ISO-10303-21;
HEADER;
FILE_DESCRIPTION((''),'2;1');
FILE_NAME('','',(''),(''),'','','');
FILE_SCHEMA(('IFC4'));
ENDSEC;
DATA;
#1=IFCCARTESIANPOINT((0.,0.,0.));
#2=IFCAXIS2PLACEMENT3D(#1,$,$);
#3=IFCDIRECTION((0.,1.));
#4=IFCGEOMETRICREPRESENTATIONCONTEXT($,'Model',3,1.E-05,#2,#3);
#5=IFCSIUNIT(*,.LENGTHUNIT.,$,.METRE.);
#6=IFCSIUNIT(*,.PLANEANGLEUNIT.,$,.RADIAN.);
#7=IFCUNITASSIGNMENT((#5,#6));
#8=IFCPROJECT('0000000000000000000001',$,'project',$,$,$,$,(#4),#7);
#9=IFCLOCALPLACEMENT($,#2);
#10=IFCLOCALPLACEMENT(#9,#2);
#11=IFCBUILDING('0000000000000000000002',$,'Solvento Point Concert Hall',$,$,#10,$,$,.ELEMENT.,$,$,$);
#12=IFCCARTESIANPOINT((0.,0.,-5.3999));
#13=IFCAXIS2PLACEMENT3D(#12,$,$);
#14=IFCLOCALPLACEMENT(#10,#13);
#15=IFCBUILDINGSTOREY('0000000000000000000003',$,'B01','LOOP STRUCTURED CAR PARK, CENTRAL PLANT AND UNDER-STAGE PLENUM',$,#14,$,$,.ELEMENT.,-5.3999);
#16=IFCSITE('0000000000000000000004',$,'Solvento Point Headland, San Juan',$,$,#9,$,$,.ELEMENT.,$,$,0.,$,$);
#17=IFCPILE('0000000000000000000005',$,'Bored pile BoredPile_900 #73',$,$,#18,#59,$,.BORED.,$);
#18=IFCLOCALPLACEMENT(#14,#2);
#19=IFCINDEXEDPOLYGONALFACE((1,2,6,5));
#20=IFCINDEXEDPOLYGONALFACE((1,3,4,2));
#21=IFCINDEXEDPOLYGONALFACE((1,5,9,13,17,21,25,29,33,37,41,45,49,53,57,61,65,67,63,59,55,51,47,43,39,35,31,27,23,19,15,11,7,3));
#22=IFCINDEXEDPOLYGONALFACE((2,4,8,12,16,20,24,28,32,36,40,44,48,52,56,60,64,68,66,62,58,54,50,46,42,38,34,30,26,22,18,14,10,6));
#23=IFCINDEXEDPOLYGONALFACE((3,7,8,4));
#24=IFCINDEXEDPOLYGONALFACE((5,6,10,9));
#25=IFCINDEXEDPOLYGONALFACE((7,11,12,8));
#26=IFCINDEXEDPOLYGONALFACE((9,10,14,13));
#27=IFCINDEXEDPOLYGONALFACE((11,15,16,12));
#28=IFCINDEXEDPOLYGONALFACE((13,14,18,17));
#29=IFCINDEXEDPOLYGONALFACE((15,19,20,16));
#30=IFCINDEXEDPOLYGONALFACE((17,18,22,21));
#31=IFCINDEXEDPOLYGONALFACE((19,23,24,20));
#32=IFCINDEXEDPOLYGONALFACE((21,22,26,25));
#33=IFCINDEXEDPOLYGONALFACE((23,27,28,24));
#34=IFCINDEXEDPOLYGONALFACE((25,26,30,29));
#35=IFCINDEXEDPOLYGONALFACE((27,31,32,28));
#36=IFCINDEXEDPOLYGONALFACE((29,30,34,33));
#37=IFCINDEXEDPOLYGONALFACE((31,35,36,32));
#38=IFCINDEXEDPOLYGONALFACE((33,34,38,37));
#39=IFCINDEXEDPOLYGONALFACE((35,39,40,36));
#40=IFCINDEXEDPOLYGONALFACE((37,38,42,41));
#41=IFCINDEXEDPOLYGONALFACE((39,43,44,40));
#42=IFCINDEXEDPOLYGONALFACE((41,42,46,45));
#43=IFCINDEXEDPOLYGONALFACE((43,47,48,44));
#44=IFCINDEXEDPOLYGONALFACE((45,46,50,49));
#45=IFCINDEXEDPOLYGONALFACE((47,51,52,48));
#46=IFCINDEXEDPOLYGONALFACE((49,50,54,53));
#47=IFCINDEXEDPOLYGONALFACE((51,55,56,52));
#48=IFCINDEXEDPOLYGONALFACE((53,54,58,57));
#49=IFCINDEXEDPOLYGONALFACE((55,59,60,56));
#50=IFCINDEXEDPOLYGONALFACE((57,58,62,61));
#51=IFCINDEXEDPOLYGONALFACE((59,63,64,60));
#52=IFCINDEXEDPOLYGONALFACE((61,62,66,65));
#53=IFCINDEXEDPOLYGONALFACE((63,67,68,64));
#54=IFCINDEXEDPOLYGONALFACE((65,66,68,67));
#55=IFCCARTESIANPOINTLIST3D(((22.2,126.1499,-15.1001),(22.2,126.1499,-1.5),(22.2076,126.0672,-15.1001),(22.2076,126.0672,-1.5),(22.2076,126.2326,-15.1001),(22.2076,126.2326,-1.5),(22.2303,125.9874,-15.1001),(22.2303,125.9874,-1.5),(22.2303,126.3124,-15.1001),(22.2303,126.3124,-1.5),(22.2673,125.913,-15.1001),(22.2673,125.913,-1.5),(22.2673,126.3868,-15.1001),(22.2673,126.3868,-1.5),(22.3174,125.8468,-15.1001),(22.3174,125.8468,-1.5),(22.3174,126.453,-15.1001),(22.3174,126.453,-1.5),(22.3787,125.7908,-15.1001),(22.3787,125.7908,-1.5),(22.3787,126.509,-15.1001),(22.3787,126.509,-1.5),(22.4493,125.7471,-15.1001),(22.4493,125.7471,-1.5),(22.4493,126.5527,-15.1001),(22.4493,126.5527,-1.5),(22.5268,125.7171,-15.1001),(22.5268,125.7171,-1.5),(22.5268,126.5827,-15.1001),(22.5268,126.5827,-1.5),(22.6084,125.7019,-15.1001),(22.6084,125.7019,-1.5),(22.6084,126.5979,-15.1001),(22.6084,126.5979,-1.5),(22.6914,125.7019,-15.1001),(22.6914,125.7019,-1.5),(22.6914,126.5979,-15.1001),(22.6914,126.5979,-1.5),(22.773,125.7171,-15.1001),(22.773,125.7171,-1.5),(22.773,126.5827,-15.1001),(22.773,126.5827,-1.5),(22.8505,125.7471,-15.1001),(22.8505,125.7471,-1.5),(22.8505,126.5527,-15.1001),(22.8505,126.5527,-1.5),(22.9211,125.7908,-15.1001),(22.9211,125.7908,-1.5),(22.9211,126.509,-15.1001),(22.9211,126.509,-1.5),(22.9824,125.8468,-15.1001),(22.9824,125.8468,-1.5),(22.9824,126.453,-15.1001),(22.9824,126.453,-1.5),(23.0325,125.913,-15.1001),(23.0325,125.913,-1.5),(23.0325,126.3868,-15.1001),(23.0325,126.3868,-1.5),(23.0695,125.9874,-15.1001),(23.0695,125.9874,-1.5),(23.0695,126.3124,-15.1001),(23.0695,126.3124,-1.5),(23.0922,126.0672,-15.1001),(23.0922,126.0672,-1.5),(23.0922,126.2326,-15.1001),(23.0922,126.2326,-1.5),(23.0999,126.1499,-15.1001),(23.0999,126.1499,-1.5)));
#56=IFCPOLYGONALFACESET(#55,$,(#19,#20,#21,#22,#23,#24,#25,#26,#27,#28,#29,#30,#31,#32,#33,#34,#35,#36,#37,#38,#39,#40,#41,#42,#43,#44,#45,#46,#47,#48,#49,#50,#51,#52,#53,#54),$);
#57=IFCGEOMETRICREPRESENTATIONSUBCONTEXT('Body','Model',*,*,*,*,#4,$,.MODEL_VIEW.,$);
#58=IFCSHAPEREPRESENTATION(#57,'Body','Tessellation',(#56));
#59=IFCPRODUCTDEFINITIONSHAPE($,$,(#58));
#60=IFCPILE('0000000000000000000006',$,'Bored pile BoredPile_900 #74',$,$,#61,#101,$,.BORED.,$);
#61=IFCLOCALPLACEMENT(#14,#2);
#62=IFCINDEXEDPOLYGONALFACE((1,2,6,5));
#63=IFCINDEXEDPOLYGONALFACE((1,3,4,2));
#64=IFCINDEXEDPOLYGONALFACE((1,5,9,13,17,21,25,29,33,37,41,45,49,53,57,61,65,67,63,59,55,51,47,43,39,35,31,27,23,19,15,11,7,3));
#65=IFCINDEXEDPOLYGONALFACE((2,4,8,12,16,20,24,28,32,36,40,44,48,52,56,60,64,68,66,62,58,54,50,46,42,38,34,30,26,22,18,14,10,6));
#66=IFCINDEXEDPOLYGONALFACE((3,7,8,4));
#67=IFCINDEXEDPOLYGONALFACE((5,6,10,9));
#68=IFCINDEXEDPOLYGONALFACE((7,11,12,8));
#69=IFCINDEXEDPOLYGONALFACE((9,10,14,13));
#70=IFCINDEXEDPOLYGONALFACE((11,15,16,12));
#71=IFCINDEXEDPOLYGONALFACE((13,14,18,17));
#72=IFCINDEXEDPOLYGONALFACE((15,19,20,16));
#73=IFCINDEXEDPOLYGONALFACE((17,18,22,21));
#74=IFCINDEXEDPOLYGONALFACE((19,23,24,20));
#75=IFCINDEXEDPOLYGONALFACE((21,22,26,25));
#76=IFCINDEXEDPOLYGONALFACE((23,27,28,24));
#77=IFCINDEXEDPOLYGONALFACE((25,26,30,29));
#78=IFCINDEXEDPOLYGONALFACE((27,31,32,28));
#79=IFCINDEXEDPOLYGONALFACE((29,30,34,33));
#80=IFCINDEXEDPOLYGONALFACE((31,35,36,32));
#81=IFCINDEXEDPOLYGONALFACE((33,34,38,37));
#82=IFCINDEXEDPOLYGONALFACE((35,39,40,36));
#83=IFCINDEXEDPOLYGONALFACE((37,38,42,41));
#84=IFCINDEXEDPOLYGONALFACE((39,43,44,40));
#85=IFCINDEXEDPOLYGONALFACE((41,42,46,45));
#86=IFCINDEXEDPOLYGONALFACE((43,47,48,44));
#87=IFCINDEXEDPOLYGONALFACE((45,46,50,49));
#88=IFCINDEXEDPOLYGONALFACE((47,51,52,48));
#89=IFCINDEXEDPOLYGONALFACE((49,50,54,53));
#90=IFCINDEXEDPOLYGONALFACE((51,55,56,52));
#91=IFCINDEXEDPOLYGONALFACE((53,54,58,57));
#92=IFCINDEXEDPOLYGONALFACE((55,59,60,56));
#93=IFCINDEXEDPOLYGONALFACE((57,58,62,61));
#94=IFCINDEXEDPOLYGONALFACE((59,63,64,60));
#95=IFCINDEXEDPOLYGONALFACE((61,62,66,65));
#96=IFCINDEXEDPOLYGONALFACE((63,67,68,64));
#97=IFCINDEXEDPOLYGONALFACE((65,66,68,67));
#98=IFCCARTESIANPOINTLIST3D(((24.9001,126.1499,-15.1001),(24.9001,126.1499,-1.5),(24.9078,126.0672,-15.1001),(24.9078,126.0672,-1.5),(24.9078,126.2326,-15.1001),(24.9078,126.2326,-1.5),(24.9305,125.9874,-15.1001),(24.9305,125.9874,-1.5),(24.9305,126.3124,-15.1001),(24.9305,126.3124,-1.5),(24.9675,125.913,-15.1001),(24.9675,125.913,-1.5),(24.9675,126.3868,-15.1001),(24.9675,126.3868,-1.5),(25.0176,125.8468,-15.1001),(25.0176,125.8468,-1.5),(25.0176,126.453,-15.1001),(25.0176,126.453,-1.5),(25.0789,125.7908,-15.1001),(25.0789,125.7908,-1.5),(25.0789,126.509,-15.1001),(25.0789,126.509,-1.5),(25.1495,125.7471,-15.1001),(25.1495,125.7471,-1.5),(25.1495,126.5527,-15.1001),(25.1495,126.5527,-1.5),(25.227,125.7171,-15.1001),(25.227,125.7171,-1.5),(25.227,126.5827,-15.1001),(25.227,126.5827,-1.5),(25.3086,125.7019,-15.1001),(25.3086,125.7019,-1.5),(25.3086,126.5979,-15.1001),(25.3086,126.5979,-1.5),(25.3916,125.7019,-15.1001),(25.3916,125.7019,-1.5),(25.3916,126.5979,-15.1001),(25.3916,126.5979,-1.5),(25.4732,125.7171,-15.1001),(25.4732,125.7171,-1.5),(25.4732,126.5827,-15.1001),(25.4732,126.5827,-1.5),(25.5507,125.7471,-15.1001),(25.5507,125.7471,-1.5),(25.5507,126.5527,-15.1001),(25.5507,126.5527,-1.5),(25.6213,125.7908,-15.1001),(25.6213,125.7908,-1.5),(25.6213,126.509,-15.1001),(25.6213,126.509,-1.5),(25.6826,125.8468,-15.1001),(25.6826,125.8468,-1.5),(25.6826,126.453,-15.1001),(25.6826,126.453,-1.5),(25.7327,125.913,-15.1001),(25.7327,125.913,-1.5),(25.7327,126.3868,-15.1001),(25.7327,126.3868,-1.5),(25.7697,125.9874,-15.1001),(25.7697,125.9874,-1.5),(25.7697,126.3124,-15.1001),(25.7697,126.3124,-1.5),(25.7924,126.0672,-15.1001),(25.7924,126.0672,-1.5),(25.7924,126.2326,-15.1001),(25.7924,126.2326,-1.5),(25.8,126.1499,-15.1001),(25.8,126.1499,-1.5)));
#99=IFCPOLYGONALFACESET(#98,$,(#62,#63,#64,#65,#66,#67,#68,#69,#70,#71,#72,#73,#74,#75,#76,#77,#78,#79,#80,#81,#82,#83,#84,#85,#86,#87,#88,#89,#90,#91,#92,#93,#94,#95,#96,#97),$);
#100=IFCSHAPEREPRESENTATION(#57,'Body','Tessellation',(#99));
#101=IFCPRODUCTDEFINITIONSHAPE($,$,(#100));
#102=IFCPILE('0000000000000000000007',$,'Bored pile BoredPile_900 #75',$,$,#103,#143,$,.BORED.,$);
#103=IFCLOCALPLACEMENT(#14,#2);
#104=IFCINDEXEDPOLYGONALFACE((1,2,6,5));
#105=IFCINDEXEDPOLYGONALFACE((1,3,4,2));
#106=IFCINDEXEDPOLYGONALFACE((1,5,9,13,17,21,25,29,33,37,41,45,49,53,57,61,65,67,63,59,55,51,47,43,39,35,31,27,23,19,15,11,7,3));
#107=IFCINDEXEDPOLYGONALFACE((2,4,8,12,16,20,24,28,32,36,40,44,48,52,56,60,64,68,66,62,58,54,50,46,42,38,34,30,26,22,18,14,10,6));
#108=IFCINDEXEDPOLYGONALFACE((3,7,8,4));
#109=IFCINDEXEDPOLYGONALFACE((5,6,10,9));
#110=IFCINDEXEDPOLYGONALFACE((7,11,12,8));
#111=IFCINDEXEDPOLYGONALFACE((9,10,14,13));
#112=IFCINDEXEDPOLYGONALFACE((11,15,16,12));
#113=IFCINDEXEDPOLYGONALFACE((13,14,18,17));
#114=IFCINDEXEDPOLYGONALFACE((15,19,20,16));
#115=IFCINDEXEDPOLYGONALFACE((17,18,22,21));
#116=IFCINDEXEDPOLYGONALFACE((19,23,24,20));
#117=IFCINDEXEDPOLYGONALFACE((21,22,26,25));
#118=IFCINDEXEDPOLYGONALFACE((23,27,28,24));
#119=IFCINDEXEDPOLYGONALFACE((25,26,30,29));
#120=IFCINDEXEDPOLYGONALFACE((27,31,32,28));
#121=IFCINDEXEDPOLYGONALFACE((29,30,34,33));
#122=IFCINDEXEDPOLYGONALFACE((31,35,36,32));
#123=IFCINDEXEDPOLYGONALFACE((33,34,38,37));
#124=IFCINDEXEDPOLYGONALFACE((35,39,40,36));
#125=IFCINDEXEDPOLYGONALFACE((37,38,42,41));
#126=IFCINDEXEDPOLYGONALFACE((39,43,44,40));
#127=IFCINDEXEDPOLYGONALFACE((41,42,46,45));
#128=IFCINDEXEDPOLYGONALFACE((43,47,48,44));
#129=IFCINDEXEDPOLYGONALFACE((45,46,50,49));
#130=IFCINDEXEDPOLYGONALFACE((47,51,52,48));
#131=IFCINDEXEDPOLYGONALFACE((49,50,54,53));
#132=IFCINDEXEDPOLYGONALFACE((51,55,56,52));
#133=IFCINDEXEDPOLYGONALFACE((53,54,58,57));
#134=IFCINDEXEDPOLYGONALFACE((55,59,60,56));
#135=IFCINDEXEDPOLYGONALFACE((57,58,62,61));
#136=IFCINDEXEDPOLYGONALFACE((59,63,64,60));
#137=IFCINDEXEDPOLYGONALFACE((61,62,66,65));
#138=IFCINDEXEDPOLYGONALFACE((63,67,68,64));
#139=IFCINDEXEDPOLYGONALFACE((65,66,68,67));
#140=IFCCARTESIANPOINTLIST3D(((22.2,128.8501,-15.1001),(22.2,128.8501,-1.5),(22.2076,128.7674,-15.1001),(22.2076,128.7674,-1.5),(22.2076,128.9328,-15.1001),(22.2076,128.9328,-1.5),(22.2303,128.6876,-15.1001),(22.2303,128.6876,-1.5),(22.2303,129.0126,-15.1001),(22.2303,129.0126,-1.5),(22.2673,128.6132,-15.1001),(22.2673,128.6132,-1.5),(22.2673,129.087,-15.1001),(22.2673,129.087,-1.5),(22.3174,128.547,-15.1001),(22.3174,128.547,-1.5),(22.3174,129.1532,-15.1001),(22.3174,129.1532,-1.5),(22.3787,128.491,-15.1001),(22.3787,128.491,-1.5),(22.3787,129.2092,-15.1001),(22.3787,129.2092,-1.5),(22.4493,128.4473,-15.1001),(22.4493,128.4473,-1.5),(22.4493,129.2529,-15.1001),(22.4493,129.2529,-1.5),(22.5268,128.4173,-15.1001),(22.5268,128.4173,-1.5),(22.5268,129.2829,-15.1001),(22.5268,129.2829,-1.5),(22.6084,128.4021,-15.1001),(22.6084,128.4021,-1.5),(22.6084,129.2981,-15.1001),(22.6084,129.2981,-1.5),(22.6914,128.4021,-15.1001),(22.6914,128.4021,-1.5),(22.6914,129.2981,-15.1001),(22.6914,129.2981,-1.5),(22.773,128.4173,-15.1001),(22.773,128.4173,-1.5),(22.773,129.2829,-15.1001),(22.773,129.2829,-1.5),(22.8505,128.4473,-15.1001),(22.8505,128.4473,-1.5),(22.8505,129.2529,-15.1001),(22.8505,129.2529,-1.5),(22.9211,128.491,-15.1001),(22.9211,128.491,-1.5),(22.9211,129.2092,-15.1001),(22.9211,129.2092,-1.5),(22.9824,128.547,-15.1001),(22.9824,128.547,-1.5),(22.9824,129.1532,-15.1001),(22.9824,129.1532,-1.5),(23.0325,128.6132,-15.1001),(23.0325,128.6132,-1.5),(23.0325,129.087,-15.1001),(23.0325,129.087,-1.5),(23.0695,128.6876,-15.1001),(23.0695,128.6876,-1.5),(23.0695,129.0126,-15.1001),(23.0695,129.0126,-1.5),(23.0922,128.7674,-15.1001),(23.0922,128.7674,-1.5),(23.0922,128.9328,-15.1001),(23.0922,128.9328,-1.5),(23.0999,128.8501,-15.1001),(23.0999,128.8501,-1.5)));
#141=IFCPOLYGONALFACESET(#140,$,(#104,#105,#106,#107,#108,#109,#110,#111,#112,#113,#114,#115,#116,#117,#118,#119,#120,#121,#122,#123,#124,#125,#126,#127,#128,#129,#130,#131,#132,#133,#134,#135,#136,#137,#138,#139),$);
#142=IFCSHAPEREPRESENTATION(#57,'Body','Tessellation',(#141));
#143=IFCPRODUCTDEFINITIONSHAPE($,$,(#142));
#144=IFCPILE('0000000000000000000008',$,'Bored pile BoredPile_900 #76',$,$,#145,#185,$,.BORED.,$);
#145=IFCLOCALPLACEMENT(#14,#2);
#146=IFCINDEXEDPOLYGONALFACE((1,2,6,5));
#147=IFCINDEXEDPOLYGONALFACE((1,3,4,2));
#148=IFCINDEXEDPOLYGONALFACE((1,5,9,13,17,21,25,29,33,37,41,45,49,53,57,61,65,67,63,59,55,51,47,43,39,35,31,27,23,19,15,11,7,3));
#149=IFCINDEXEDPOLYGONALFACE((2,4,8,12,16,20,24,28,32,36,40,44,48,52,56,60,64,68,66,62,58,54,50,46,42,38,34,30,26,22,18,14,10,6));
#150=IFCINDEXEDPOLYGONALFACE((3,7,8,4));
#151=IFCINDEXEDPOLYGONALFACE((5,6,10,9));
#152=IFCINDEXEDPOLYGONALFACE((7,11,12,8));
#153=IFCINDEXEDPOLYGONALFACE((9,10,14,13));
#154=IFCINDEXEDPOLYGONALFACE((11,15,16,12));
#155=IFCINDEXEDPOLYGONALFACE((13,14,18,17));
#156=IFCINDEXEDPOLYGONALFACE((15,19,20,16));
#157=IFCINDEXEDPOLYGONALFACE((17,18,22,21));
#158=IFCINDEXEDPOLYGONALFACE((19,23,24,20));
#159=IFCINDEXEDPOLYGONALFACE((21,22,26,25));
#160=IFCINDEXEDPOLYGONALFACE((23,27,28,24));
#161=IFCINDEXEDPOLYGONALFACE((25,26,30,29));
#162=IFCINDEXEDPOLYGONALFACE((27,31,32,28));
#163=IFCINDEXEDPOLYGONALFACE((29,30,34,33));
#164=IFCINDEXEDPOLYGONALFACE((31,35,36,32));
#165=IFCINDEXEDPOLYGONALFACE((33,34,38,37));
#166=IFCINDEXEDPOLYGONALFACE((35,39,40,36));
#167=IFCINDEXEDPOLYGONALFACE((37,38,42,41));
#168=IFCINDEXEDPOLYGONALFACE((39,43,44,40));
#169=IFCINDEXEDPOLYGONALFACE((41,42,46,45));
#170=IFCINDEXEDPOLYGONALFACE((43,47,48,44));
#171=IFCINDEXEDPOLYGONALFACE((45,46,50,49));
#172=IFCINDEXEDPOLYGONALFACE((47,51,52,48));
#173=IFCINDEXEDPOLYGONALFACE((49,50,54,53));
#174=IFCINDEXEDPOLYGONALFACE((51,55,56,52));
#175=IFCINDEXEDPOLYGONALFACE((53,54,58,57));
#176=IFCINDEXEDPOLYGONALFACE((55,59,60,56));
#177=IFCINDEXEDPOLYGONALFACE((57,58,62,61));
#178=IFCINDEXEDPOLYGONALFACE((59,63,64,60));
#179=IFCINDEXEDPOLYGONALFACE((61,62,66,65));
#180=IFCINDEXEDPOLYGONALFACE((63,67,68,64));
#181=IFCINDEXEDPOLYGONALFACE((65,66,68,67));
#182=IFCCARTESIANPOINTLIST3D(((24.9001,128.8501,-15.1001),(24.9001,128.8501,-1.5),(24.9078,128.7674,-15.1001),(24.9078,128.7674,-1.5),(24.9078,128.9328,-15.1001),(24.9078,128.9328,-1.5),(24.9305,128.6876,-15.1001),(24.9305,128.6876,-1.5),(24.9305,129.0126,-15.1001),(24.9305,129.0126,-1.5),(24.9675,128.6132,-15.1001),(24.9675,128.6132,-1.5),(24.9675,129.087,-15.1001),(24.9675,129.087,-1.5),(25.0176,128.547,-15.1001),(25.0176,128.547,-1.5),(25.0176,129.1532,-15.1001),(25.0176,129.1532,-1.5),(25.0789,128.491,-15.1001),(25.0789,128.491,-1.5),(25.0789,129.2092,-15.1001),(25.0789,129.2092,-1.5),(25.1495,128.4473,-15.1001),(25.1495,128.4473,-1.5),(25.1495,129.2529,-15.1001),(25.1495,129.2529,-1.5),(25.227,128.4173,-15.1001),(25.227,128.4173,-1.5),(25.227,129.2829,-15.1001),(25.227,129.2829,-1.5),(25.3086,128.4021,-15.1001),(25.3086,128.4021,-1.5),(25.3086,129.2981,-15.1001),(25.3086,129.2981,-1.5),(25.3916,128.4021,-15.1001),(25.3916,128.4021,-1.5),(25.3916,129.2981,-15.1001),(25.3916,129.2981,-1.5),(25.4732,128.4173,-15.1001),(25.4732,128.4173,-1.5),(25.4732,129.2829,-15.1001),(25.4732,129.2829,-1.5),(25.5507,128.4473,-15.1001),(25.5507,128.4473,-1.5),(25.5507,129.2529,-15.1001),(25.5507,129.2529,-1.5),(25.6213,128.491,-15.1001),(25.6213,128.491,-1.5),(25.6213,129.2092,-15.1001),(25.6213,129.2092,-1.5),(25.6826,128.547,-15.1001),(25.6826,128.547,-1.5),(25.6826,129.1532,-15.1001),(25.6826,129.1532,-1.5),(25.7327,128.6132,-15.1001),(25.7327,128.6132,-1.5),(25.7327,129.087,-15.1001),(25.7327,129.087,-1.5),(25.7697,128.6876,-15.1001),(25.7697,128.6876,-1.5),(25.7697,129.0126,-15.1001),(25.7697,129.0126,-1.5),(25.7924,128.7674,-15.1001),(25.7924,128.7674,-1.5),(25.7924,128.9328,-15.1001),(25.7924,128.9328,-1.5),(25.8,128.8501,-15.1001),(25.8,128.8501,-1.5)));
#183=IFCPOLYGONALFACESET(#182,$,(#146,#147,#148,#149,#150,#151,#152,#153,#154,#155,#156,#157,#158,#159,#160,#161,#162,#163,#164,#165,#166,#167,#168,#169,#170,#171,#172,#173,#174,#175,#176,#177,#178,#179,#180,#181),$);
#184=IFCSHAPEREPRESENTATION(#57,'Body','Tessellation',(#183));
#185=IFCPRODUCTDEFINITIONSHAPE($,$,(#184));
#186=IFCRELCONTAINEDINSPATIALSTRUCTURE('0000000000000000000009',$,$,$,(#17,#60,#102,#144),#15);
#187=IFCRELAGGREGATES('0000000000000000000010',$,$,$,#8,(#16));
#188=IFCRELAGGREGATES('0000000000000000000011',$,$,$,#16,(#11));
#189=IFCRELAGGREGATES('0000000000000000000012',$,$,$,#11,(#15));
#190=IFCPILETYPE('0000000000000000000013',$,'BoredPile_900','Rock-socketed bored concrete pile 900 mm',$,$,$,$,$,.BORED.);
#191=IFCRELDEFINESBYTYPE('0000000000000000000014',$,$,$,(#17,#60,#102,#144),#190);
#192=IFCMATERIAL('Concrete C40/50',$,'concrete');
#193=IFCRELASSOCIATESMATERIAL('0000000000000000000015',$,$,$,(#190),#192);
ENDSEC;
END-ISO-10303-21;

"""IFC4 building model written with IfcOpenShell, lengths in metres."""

from ifc_helpers import new_model, si_unit, direction, frame, origin, origin_2d, place, context, subcontext, project, spatial, circle, extrude, material, material_profile, profile_set, type_object, element, save


model = new_model("IFC4")

# Units and contexts
model_context = context("Model", 3, precision=1e-05, world=origin(), true_north=direction((0.0, 1.0)))
body_context = subcontext(model_context, "Body", "Model", "MODEL_VIEW")
ifc_project = project(units=[si_unit("LENGTHUNIT", "METRE"), si_unit("PLANEANGLEUNIT", "RADIAN")], contexts=[model_context])

# Site, building, storey
site_placement = place(None, origin())
site = spatial("IfcSite", under=ifc_project, at=site_placement, Name="Solvento Point Headland, San Juan", CompositionType="ELEMENT", RefElevation=0.0)
building_placement = place(site_placement, origin())
building = spatial("IfcBuilding", under=site, at=building_placement, Name="Solvento Point Concert Hall", CompositionType="ELEMENT")
storey_placement = place(building_placement, frame((0.0, 0.0, -5.3999)))
storey = spatial("IfcBuildingStorey", under=building, at=storey_placement, Name="B01", Description="LOOP STRUCTURED CAR PARK, CENTRAL PLANT AND UNDER-STAGE PLENUM", CompositionType="ELEMENT", Elevation=-5.3999)

# Piles
ifc_material_1 = material(Name="Concrete C40/50", Category="concrete")
ifc_material_profile_1 = material_profile(ifc_material_1, circle(Radius=0.45, at=origin_2d()), Name="BP-900")
ifc_profile_set_1 = profile_set([ifc_material_profile_1], Name="Concrete C40/50")
pile_type = type_object("IfcPileType", Name="BoredPile_900", Description="Rock-socketed bored concrete pile 900 mm", PredefinedType="BORED", material=ifc_profile_set_1)
for number, where, z_axis, x_axis, name in (
    (1, (22.6499, 126.1499, -1.5), (0.0, 0.0, -1.0), (1.0, 0.0, 0.0), "Bored pile BoredPile_900 #73"),
    (2, (25.3501, 126.1499, -1.5), (0.0, 0.0, -1.0), (1.0, 0.0, 0.0), "Bored pile BoredPile_900 #74"),
    (3, (22.6499, 128.8501, -1.5), (0.0, 0.0, -1.0), (1.0, 0.0, 0.0), "Bored pile BoredPile_900 #75"),
    (4, (25.3501, 128.8501, -1.5), (0.0, 0.0, -1.0), (1.0, 0.0, 0.0), "Bored pile BoredPile_900 #76"),
):
    element("IfcPile", number, at=place(storey_placement, frame(where, z_axis=z_axis, x_axis=x_axis)), inside=storey, type_object=pile_type, Name=name, PredefinedType="BORED", context=body_context, shape_type="SweptSolid", body=[
        extrude(circle(Radius=0.45, at=origin_2d()), origin(), (0.0, 0.0, 1.0), 13.6001),
    ])

save(model, "model.ifc")
